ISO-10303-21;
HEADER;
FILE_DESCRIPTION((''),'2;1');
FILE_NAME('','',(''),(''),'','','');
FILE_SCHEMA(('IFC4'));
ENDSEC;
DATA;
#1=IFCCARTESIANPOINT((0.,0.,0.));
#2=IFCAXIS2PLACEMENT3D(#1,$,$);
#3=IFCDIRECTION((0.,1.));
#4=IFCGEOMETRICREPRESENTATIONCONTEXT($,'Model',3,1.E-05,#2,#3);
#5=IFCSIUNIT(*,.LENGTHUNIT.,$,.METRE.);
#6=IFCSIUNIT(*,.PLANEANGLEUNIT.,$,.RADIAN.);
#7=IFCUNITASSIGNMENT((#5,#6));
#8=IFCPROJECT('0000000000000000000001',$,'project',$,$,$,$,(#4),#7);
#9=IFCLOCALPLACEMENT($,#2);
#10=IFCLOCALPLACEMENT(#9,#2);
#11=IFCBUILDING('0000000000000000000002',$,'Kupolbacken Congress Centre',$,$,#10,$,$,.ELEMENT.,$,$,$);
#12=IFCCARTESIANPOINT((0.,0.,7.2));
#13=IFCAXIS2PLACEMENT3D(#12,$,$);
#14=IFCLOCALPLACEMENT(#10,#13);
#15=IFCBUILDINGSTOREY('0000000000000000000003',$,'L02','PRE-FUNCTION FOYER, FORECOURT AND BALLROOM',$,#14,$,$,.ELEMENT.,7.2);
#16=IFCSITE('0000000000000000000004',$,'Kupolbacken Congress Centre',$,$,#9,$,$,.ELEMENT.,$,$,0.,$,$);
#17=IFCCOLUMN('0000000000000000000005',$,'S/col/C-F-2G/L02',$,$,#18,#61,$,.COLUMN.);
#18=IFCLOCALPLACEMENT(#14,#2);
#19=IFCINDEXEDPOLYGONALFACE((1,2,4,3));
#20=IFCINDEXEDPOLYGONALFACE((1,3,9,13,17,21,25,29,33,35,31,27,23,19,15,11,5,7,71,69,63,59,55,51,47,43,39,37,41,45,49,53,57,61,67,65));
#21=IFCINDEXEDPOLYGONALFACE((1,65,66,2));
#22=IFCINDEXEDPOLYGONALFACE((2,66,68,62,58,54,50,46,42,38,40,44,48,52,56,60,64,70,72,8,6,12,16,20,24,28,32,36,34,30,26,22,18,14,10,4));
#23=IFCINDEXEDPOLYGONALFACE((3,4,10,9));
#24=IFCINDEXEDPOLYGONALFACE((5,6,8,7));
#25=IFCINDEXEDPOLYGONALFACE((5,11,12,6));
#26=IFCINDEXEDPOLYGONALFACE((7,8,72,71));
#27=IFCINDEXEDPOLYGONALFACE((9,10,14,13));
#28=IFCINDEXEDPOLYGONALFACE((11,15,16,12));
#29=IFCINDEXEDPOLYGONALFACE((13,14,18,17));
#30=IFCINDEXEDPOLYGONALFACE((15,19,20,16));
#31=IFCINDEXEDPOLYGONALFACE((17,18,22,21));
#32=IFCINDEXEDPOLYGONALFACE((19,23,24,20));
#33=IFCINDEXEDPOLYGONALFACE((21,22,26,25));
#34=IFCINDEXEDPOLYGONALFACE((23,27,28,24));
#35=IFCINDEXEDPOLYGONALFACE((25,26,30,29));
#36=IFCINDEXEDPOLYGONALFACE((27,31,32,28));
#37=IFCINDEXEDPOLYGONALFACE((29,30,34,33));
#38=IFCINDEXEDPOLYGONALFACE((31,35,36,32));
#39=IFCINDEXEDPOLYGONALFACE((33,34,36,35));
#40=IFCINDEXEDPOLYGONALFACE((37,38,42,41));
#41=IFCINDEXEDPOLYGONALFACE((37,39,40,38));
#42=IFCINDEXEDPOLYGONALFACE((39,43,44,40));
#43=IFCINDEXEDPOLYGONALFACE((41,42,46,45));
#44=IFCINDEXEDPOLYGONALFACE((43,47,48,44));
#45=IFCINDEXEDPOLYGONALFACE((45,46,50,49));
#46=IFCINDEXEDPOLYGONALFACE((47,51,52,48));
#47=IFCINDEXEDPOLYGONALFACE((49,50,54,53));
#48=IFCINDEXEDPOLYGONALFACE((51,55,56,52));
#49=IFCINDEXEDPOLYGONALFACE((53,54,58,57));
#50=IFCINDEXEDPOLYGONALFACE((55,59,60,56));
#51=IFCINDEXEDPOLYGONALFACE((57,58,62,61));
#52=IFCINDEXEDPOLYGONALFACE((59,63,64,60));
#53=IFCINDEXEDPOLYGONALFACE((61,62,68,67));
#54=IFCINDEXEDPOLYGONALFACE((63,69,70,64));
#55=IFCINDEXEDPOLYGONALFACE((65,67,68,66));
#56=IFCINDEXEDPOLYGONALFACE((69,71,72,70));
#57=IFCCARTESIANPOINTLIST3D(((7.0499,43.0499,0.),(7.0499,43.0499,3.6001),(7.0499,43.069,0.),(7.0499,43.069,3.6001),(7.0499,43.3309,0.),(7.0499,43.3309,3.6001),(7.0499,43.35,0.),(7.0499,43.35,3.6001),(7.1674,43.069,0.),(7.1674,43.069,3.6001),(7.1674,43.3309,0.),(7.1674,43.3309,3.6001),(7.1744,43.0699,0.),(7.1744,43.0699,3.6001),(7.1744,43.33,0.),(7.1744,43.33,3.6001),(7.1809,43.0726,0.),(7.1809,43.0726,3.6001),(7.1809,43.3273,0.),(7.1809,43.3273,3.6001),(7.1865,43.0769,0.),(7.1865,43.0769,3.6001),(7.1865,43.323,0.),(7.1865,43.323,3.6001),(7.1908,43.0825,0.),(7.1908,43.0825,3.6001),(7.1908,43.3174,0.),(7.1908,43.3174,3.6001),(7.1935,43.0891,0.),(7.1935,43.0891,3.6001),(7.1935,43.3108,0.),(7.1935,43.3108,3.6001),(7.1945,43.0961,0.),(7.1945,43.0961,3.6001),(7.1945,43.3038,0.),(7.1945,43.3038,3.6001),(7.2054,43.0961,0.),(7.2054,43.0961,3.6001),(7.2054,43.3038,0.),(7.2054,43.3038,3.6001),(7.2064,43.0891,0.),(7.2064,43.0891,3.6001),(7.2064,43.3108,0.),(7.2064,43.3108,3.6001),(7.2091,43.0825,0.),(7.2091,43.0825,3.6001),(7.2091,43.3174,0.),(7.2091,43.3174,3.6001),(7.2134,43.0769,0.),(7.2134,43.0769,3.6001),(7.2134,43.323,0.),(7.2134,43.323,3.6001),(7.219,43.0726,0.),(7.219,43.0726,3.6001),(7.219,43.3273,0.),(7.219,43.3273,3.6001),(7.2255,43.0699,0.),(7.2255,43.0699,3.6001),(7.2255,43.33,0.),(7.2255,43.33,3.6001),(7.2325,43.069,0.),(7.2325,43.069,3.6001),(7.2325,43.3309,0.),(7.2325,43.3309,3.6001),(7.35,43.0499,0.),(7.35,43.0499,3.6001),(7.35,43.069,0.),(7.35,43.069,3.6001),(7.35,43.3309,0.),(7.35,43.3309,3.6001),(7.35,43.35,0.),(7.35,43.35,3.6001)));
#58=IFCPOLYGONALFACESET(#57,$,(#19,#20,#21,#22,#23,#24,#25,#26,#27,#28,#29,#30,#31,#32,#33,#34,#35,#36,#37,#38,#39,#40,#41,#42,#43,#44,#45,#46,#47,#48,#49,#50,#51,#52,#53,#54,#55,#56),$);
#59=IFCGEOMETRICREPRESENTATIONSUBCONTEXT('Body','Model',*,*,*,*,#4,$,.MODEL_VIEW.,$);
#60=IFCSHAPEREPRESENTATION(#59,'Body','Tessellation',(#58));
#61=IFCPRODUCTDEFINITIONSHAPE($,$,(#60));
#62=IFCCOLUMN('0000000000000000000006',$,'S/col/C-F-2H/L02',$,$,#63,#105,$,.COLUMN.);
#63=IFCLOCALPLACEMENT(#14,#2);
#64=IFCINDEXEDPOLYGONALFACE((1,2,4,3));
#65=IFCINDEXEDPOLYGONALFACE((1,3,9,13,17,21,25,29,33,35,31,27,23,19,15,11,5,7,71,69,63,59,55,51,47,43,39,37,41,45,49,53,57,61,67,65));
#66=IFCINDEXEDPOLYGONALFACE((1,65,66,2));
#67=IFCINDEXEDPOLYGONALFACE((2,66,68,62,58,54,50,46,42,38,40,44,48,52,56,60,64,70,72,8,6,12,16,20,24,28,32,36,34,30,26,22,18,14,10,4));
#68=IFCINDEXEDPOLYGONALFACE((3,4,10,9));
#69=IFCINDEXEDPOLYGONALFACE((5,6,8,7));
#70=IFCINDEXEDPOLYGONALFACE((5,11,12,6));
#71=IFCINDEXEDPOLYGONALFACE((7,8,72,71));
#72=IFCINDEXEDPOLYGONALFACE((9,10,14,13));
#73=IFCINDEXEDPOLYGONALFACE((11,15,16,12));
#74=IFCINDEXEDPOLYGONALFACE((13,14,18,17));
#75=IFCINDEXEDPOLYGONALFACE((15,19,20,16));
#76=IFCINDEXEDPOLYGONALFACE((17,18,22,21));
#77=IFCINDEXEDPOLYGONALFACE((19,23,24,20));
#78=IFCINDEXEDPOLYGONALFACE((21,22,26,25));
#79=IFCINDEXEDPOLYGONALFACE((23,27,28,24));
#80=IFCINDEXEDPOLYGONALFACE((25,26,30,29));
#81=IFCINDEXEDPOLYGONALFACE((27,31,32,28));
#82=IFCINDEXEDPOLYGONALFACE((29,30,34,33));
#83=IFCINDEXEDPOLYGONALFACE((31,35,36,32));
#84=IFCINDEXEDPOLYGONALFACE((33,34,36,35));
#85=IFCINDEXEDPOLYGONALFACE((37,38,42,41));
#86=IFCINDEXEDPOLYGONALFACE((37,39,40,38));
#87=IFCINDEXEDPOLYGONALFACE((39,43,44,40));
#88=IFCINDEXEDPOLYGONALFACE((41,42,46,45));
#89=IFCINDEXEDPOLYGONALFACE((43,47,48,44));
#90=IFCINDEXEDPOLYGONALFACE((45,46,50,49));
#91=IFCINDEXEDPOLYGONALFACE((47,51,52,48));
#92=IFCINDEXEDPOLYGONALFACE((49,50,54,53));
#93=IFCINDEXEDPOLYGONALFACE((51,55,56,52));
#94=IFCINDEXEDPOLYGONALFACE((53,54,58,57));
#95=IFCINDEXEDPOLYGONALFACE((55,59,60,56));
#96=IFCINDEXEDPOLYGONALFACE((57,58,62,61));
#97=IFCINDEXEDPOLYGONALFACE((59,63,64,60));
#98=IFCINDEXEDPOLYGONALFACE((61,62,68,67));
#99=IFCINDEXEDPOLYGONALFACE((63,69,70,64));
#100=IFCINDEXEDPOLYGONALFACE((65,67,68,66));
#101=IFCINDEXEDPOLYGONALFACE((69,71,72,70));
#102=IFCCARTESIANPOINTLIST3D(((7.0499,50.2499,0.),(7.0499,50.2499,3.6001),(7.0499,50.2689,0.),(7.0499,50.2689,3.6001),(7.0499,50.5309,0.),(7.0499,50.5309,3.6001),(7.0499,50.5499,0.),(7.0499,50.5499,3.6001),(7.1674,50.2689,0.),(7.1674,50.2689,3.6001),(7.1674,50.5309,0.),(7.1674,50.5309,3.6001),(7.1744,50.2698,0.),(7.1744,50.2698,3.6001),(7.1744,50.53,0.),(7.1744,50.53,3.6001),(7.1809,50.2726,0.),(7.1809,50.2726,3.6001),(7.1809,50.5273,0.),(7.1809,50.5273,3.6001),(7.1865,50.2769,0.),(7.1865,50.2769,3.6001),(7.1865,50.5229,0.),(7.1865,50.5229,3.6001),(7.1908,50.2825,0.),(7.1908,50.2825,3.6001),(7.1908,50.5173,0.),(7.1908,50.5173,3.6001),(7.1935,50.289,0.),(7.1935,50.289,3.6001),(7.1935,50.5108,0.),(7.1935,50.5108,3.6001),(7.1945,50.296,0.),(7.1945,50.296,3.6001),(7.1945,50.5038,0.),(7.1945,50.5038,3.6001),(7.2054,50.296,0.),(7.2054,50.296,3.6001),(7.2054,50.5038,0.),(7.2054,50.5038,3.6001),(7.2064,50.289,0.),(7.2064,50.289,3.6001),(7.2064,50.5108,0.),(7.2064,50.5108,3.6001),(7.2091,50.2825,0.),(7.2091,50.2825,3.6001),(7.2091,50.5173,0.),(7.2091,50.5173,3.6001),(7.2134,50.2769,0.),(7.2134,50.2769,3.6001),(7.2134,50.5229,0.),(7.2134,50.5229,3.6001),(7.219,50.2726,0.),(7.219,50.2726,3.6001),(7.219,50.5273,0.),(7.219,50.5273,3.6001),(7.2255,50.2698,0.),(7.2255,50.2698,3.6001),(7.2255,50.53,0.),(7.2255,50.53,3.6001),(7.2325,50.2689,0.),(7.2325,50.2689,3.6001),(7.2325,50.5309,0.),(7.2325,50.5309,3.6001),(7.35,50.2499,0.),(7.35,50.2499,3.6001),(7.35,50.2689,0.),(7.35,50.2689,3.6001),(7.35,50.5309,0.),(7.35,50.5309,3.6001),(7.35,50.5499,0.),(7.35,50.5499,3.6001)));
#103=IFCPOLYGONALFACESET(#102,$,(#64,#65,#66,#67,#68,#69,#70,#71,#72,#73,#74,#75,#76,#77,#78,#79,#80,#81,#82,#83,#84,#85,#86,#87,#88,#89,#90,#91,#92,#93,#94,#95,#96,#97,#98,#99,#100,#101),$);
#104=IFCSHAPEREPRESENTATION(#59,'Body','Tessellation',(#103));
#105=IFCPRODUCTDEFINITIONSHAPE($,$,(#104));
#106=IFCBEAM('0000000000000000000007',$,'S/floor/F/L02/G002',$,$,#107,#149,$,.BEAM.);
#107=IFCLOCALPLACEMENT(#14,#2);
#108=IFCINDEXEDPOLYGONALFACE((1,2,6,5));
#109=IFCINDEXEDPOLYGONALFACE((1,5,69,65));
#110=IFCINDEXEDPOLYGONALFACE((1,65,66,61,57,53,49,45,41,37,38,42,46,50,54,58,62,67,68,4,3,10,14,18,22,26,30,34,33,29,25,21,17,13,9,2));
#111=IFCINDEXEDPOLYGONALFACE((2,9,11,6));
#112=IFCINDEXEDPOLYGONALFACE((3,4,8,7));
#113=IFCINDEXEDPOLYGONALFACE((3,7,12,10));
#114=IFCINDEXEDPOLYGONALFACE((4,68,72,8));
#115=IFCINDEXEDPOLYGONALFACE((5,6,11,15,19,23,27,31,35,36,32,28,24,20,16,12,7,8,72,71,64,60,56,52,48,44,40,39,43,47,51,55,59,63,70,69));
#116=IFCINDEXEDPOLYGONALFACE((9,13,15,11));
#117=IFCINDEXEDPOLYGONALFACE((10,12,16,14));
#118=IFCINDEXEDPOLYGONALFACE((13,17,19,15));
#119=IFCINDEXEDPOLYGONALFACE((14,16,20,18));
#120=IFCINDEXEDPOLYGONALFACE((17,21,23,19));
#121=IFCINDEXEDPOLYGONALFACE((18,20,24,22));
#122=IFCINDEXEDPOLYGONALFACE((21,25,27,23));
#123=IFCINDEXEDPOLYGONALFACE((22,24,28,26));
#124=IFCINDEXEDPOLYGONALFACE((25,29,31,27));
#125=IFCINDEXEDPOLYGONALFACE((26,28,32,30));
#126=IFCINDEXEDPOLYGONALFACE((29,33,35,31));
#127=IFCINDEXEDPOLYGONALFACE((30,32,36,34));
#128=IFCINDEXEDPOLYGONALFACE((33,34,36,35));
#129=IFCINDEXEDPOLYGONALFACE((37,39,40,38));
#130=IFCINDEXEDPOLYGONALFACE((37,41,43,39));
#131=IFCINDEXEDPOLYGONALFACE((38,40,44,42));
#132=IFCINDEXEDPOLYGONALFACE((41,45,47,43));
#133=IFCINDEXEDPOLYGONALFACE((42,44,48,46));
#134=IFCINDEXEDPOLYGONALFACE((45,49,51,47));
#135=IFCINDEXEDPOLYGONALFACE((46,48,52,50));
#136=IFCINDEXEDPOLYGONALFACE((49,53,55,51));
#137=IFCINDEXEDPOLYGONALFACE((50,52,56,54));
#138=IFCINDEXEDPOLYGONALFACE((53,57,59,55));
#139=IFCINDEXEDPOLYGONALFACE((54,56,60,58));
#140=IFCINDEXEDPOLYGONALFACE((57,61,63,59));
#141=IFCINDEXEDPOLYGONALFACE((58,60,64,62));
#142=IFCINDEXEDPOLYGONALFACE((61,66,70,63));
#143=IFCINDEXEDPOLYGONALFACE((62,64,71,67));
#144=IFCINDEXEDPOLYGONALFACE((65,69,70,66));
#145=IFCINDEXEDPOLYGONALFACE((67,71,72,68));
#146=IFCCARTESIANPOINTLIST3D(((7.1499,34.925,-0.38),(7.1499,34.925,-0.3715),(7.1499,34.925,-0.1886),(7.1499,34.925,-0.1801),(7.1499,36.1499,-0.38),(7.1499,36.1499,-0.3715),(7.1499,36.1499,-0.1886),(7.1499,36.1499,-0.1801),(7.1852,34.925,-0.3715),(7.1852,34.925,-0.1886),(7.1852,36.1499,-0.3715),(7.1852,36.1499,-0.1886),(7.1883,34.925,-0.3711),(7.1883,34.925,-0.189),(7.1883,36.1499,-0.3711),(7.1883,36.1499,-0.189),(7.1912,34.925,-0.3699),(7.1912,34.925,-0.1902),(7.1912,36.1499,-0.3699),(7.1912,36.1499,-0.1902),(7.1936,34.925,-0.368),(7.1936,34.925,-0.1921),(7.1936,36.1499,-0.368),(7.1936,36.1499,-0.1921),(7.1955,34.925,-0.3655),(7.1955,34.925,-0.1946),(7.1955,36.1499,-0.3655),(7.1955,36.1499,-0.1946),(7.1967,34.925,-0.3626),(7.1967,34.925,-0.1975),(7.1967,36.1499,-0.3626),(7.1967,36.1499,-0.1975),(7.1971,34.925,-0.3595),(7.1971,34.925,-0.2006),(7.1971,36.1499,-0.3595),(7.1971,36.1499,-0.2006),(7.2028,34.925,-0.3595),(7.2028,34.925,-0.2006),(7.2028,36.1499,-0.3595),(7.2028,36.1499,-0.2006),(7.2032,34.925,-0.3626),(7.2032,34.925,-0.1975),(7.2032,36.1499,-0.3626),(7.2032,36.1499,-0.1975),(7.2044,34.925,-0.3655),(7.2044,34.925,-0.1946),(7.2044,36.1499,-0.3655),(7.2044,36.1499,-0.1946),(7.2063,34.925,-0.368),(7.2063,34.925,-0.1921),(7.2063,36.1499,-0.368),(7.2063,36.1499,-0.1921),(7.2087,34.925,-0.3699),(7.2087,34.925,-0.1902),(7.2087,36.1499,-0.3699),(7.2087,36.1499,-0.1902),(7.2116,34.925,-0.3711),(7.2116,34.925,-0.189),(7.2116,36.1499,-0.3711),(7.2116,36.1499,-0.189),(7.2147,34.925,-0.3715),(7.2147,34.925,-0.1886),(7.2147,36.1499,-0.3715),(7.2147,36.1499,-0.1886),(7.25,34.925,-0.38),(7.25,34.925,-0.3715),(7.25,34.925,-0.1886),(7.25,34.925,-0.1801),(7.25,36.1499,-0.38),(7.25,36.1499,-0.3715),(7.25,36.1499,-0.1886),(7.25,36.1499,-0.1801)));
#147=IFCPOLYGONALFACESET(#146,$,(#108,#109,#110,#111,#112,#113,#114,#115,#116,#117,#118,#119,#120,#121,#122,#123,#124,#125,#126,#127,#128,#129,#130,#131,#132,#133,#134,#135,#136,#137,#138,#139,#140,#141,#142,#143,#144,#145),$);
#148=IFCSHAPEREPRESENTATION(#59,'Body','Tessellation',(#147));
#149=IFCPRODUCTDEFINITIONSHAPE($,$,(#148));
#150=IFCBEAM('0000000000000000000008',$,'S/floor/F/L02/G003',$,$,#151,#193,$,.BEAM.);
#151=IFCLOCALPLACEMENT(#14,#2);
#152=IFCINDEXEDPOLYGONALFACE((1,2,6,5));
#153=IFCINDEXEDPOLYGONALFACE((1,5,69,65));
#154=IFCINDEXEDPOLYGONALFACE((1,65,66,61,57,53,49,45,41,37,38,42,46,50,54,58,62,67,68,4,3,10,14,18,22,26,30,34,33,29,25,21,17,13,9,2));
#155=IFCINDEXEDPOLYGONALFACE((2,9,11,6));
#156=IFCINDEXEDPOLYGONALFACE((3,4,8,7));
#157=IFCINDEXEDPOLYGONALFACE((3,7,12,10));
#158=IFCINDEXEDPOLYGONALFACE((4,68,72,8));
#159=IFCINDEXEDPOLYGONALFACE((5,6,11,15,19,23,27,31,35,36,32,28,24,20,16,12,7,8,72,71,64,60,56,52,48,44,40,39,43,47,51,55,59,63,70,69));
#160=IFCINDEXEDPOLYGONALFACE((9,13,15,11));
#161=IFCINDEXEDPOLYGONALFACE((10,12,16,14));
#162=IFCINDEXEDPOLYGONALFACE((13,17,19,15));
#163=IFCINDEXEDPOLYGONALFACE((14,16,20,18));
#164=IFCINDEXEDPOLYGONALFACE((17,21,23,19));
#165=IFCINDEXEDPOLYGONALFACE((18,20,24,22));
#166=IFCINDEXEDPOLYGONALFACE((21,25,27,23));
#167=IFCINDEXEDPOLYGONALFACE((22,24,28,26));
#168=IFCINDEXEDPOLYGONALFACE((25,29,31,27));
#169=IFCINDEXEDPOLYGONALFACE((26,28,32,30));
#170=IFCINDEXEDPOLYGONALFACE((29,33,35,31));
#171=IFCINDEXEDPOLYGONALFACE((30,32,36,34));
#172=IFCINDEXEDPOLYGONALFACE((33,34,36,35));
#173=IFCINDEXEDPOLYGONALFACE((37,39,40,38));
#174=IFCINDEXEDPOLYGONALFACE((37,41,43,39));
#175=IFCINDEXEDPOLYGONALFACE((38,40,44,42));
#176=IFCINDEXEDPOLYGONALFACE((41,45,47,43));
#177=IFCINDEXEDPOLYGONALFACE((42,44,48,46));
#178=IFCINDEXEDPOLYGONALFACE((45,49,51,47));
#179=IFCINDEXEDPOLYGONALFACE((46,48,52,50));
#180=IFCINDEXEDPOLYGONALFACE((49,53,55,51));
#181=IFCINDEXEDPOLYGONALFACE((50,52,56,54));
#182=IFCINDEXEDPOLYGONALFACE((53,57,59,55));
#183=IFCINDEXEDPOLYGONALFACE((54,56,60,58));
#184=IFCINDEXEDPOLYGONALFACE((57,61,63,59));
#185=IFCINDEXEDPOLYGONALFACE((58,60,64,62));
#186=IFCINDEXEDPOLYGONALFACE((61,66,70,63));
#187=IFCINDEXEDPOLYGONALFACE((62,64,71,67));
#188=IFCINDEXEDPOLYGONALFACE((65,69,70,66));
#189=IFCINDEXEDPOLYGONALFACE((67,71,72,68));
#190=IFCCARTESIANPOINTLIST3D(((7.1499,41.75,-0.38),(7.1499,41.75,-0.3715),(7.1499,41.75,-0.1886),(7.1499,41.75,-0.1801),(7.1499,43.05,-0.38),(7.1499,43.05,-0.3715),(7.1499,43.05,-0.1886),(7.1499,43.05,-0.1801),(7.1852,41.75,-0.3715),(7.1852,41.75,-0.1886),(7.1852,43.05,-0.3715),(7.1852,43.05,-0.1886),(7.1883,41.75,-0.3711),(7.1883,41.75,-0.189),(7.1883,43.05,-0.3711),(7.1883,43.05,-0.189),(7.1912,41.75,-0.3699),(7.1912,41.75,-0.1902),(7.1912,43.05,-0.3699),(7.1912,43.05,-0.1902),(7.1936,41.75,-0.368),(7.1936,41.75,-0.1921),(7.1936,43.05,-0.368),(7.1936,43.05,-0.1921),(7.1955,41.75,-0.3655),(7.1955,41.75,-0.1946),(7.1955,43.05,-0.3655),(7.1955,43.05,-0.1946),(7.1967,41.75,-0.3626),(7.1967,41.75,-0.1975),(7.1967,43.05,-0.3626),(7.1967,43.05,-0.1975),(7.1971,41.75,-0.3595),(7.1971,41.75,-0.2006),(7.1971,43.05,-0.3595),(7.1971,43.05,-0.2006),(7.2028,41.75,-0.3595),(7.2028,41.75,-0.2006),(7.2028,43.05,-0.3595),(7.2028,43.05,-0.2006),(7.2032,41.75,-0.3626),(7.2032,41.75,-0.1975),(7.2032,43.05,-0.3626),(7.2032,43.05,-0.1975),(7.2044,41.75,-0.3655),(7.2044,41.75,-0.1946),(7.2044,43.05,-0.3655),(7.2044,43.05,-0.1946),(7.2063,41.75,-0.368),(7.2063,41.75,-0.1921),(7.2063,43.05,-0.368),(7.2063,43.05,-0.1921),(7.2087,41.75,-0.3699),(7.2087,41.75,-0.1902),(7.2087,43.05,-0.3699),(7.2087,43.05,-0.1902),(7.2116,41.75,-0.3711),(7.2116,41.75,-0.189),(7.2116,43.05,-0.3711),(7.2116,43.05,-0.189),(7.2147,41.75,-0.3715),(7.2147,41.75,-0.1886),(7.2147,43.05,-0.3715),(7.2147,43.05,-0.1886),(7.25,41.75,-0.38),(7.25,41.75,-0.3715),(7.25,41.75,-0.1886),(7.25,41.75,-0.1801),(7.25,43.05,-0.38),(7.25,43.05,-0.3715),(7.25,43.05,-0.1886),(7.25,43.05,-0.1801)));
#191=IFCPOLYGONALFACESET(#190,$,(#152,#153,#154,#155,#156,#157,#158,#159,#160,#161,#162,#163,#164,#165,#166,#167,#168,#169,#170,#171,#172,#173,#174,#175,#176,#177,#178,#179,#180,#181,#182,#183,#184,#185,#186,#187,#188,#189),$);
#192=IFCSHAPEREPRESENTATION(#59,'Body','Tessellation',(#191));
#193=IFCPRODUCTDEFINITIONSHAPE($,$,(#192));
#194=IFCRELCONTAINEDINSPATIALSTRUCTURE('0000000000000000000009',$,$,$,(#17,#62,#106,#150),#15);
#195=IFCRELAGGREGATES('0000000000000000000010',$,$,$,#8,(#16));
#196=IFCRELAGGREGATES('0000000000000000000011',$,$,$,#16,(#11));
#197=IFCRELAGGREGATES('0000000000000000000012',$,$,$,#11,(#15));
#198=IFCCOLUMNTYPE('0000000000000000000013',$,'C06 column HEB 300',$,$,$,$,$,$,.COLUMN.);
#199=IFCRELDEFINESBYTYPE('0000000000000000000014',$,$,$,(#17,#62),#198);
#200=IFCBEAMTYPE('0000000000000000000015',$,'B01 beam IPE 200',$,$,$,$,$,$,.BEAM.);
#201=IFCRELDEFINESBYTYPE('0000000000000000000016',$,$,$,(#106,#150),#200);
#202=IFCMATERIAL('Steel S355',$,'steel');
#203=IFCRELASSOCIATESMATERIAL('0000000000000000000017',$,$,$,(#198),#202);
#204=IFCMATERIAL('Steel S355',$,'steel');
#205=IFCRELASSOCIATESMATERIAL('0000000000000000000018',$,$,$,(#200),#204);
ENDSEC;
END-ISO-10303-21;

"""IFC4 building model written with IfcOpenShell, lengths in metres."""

from ifc_helpers import new_model, si_unit, direction, frame, origin, origin_2d, place, context, subcontext, project, spatial, i_section, extrude, material, material_profile, profile_set, type_object, element, save


model = new_model("IFC4")

# Units and contexts
model_context = context("Model", 3, precision=1e-05, world=origin(), true_north=direction((0.0, 1.0)))
body_context = subcontext(model_context, "Body", "Model", "MODEL_VIEW")
ifc_project = project(units=[si_unit("LENGTHUNIT", "METRE"), si_unit("PLANEANGLEUNIT", "RADIAN")], contexts=[model_context])

# Site, building, storey
site_placement = place(None, origin())
site = spatial("IfcSite", under=ifc_project, at=site_placement, Name="Kupolbacken Congress Centre", CompositionType="ELEMENT", RefElevation=0.0)
building_placement = place(site_placement, origin())
building = spatial("IfcBuilding", under=site, at=building_placement, Name="Kupolbacken Congress Centre", CompositionType="ELEMENT")
storey_placement = place(building_placement, frame((0.0, 0.0, 7.2)))
storey = spatial("IfcBuildingStorey", under=building, at=storey_placement, Name="L02", Description="PRE-FUNCTION FOYER, FORECOURT AND BALLROOM", CompositionType="ELEMENT", Elevation=7.2)

# Columns
ifc_material_1 = material(Name="Steel S355", Category="steel")
ifc_material_profile_1 = material_profile(ifc_material_1, i_section(OverallWidth=0.3, OverallDepth=0.3, WebThickness=0.011, FlangeThickness=0.019, FilletRadius=0.0271, at=origin_2d()), Name="HEB 300")
ifc_profile_set_1 = profile_set([ifc_material_profile_1], Name="Steel S355")
column_type = type_object("IfcColumnType", Name="C06 column HEB 300", PredefinedType="COLUMN", material=ifc_profile_set_1)
for number, where, z_axis, x_axis, name in (
    (1, (7.2, 43.2, 0.0), (0.0, 0.0, 1.0), (1.0, 0.0, 0.0), "S/col/C-F-2G/L02"),
    (2, (7.2, 50.3999, 0.0), (0.0, 0.0, 1.0), (1.0, 0.0, 0.0), "S/col/C-F-2H/L02"),
):
    element("IfcColumn", number, at=place(storey_placement, frame(where, z_axis=z_axis, x_axis=x_axis)), inside=storey, type_object=column_type, Name=name, PredefinedType="COLUMN", context=body_context, shape_type="SweptSolid", body=[
        extrude(i_section(OverallWidth=0.3, OverallDepth=0.3, WebThickness=0.011, FlangeThickness=0.019, FilletRadius=0.0271, at=origin_2d()), origin(), (0.0, 0.0, 1.0), 3.6001),
    ])

# Beams
ifc_material_2 = material(Name="Steel S355", Category="steel")
ifc_material_profile_2 = material_profile(ifc_material_2, i_section(OverallWidth=0.1001, OverallDepth=0.2, WebThickness=0.0056, FlangeThickness=0.0085, FilletRadius=0.012, at=origin_2d()), Name="IPE 200")
ifc_profile_set_2 = profile_set([ifc_material_profile_2], Name="Steel S355")
beam_type_1 = type_object("IfcBeamType", Name="B01 beam IPE 200", PredefinedType="BEAM", material=ifc_profile_set_2)
beam_1_placement = place(storey_placement, frame((7.2, 34.925, -0.28), z_axis=(0.0, 1.0, 0.0), x_axis=(-1.0, 0.0, 0.0)))
element("IfcBeam", 3, at=beam_1_placement, inside=storey, type_object=beam_type_1, Name="S/floor/F/L02/G002", PredefinedType="BEAM", context=body_context, shape_type="SweptSolid", body=[
    extrude(i_section(OverallWidth=0.1001, OverallDepth=0.2, WebThickness=0.0056, FlangeThickness=0.0085, FilletRadius=0.012, at=origin_2d()), origin(), (0.0, 0.0, 1.0), 1.2249),
])
beam_2_placement = place(storey_placement, frame((7.2, 41.75, -0.28), z_axis=(0.0, 1.0, 0.0), x_axis=(-1.0, 0.0, 0.0)))
element("IfcBeam", 4, at=beam_2_placement, inside=storey, type_object=beam_type_1, Name="S/floor/F/L02/G003", PredefinedType="BEAM", context=body_context, shape_type="SweptSolid", body=[
    extrude(i_section(OverallWidth=0.1001, OverallDepth=0.2, WebThickness=0.0056, FlangeThickness=0.0085, FilletRadius=0.012, at=origin_2d()), origin(), (0.0, 0.0, 1.0), 1.3),
])

save(model, "model.ifc")
